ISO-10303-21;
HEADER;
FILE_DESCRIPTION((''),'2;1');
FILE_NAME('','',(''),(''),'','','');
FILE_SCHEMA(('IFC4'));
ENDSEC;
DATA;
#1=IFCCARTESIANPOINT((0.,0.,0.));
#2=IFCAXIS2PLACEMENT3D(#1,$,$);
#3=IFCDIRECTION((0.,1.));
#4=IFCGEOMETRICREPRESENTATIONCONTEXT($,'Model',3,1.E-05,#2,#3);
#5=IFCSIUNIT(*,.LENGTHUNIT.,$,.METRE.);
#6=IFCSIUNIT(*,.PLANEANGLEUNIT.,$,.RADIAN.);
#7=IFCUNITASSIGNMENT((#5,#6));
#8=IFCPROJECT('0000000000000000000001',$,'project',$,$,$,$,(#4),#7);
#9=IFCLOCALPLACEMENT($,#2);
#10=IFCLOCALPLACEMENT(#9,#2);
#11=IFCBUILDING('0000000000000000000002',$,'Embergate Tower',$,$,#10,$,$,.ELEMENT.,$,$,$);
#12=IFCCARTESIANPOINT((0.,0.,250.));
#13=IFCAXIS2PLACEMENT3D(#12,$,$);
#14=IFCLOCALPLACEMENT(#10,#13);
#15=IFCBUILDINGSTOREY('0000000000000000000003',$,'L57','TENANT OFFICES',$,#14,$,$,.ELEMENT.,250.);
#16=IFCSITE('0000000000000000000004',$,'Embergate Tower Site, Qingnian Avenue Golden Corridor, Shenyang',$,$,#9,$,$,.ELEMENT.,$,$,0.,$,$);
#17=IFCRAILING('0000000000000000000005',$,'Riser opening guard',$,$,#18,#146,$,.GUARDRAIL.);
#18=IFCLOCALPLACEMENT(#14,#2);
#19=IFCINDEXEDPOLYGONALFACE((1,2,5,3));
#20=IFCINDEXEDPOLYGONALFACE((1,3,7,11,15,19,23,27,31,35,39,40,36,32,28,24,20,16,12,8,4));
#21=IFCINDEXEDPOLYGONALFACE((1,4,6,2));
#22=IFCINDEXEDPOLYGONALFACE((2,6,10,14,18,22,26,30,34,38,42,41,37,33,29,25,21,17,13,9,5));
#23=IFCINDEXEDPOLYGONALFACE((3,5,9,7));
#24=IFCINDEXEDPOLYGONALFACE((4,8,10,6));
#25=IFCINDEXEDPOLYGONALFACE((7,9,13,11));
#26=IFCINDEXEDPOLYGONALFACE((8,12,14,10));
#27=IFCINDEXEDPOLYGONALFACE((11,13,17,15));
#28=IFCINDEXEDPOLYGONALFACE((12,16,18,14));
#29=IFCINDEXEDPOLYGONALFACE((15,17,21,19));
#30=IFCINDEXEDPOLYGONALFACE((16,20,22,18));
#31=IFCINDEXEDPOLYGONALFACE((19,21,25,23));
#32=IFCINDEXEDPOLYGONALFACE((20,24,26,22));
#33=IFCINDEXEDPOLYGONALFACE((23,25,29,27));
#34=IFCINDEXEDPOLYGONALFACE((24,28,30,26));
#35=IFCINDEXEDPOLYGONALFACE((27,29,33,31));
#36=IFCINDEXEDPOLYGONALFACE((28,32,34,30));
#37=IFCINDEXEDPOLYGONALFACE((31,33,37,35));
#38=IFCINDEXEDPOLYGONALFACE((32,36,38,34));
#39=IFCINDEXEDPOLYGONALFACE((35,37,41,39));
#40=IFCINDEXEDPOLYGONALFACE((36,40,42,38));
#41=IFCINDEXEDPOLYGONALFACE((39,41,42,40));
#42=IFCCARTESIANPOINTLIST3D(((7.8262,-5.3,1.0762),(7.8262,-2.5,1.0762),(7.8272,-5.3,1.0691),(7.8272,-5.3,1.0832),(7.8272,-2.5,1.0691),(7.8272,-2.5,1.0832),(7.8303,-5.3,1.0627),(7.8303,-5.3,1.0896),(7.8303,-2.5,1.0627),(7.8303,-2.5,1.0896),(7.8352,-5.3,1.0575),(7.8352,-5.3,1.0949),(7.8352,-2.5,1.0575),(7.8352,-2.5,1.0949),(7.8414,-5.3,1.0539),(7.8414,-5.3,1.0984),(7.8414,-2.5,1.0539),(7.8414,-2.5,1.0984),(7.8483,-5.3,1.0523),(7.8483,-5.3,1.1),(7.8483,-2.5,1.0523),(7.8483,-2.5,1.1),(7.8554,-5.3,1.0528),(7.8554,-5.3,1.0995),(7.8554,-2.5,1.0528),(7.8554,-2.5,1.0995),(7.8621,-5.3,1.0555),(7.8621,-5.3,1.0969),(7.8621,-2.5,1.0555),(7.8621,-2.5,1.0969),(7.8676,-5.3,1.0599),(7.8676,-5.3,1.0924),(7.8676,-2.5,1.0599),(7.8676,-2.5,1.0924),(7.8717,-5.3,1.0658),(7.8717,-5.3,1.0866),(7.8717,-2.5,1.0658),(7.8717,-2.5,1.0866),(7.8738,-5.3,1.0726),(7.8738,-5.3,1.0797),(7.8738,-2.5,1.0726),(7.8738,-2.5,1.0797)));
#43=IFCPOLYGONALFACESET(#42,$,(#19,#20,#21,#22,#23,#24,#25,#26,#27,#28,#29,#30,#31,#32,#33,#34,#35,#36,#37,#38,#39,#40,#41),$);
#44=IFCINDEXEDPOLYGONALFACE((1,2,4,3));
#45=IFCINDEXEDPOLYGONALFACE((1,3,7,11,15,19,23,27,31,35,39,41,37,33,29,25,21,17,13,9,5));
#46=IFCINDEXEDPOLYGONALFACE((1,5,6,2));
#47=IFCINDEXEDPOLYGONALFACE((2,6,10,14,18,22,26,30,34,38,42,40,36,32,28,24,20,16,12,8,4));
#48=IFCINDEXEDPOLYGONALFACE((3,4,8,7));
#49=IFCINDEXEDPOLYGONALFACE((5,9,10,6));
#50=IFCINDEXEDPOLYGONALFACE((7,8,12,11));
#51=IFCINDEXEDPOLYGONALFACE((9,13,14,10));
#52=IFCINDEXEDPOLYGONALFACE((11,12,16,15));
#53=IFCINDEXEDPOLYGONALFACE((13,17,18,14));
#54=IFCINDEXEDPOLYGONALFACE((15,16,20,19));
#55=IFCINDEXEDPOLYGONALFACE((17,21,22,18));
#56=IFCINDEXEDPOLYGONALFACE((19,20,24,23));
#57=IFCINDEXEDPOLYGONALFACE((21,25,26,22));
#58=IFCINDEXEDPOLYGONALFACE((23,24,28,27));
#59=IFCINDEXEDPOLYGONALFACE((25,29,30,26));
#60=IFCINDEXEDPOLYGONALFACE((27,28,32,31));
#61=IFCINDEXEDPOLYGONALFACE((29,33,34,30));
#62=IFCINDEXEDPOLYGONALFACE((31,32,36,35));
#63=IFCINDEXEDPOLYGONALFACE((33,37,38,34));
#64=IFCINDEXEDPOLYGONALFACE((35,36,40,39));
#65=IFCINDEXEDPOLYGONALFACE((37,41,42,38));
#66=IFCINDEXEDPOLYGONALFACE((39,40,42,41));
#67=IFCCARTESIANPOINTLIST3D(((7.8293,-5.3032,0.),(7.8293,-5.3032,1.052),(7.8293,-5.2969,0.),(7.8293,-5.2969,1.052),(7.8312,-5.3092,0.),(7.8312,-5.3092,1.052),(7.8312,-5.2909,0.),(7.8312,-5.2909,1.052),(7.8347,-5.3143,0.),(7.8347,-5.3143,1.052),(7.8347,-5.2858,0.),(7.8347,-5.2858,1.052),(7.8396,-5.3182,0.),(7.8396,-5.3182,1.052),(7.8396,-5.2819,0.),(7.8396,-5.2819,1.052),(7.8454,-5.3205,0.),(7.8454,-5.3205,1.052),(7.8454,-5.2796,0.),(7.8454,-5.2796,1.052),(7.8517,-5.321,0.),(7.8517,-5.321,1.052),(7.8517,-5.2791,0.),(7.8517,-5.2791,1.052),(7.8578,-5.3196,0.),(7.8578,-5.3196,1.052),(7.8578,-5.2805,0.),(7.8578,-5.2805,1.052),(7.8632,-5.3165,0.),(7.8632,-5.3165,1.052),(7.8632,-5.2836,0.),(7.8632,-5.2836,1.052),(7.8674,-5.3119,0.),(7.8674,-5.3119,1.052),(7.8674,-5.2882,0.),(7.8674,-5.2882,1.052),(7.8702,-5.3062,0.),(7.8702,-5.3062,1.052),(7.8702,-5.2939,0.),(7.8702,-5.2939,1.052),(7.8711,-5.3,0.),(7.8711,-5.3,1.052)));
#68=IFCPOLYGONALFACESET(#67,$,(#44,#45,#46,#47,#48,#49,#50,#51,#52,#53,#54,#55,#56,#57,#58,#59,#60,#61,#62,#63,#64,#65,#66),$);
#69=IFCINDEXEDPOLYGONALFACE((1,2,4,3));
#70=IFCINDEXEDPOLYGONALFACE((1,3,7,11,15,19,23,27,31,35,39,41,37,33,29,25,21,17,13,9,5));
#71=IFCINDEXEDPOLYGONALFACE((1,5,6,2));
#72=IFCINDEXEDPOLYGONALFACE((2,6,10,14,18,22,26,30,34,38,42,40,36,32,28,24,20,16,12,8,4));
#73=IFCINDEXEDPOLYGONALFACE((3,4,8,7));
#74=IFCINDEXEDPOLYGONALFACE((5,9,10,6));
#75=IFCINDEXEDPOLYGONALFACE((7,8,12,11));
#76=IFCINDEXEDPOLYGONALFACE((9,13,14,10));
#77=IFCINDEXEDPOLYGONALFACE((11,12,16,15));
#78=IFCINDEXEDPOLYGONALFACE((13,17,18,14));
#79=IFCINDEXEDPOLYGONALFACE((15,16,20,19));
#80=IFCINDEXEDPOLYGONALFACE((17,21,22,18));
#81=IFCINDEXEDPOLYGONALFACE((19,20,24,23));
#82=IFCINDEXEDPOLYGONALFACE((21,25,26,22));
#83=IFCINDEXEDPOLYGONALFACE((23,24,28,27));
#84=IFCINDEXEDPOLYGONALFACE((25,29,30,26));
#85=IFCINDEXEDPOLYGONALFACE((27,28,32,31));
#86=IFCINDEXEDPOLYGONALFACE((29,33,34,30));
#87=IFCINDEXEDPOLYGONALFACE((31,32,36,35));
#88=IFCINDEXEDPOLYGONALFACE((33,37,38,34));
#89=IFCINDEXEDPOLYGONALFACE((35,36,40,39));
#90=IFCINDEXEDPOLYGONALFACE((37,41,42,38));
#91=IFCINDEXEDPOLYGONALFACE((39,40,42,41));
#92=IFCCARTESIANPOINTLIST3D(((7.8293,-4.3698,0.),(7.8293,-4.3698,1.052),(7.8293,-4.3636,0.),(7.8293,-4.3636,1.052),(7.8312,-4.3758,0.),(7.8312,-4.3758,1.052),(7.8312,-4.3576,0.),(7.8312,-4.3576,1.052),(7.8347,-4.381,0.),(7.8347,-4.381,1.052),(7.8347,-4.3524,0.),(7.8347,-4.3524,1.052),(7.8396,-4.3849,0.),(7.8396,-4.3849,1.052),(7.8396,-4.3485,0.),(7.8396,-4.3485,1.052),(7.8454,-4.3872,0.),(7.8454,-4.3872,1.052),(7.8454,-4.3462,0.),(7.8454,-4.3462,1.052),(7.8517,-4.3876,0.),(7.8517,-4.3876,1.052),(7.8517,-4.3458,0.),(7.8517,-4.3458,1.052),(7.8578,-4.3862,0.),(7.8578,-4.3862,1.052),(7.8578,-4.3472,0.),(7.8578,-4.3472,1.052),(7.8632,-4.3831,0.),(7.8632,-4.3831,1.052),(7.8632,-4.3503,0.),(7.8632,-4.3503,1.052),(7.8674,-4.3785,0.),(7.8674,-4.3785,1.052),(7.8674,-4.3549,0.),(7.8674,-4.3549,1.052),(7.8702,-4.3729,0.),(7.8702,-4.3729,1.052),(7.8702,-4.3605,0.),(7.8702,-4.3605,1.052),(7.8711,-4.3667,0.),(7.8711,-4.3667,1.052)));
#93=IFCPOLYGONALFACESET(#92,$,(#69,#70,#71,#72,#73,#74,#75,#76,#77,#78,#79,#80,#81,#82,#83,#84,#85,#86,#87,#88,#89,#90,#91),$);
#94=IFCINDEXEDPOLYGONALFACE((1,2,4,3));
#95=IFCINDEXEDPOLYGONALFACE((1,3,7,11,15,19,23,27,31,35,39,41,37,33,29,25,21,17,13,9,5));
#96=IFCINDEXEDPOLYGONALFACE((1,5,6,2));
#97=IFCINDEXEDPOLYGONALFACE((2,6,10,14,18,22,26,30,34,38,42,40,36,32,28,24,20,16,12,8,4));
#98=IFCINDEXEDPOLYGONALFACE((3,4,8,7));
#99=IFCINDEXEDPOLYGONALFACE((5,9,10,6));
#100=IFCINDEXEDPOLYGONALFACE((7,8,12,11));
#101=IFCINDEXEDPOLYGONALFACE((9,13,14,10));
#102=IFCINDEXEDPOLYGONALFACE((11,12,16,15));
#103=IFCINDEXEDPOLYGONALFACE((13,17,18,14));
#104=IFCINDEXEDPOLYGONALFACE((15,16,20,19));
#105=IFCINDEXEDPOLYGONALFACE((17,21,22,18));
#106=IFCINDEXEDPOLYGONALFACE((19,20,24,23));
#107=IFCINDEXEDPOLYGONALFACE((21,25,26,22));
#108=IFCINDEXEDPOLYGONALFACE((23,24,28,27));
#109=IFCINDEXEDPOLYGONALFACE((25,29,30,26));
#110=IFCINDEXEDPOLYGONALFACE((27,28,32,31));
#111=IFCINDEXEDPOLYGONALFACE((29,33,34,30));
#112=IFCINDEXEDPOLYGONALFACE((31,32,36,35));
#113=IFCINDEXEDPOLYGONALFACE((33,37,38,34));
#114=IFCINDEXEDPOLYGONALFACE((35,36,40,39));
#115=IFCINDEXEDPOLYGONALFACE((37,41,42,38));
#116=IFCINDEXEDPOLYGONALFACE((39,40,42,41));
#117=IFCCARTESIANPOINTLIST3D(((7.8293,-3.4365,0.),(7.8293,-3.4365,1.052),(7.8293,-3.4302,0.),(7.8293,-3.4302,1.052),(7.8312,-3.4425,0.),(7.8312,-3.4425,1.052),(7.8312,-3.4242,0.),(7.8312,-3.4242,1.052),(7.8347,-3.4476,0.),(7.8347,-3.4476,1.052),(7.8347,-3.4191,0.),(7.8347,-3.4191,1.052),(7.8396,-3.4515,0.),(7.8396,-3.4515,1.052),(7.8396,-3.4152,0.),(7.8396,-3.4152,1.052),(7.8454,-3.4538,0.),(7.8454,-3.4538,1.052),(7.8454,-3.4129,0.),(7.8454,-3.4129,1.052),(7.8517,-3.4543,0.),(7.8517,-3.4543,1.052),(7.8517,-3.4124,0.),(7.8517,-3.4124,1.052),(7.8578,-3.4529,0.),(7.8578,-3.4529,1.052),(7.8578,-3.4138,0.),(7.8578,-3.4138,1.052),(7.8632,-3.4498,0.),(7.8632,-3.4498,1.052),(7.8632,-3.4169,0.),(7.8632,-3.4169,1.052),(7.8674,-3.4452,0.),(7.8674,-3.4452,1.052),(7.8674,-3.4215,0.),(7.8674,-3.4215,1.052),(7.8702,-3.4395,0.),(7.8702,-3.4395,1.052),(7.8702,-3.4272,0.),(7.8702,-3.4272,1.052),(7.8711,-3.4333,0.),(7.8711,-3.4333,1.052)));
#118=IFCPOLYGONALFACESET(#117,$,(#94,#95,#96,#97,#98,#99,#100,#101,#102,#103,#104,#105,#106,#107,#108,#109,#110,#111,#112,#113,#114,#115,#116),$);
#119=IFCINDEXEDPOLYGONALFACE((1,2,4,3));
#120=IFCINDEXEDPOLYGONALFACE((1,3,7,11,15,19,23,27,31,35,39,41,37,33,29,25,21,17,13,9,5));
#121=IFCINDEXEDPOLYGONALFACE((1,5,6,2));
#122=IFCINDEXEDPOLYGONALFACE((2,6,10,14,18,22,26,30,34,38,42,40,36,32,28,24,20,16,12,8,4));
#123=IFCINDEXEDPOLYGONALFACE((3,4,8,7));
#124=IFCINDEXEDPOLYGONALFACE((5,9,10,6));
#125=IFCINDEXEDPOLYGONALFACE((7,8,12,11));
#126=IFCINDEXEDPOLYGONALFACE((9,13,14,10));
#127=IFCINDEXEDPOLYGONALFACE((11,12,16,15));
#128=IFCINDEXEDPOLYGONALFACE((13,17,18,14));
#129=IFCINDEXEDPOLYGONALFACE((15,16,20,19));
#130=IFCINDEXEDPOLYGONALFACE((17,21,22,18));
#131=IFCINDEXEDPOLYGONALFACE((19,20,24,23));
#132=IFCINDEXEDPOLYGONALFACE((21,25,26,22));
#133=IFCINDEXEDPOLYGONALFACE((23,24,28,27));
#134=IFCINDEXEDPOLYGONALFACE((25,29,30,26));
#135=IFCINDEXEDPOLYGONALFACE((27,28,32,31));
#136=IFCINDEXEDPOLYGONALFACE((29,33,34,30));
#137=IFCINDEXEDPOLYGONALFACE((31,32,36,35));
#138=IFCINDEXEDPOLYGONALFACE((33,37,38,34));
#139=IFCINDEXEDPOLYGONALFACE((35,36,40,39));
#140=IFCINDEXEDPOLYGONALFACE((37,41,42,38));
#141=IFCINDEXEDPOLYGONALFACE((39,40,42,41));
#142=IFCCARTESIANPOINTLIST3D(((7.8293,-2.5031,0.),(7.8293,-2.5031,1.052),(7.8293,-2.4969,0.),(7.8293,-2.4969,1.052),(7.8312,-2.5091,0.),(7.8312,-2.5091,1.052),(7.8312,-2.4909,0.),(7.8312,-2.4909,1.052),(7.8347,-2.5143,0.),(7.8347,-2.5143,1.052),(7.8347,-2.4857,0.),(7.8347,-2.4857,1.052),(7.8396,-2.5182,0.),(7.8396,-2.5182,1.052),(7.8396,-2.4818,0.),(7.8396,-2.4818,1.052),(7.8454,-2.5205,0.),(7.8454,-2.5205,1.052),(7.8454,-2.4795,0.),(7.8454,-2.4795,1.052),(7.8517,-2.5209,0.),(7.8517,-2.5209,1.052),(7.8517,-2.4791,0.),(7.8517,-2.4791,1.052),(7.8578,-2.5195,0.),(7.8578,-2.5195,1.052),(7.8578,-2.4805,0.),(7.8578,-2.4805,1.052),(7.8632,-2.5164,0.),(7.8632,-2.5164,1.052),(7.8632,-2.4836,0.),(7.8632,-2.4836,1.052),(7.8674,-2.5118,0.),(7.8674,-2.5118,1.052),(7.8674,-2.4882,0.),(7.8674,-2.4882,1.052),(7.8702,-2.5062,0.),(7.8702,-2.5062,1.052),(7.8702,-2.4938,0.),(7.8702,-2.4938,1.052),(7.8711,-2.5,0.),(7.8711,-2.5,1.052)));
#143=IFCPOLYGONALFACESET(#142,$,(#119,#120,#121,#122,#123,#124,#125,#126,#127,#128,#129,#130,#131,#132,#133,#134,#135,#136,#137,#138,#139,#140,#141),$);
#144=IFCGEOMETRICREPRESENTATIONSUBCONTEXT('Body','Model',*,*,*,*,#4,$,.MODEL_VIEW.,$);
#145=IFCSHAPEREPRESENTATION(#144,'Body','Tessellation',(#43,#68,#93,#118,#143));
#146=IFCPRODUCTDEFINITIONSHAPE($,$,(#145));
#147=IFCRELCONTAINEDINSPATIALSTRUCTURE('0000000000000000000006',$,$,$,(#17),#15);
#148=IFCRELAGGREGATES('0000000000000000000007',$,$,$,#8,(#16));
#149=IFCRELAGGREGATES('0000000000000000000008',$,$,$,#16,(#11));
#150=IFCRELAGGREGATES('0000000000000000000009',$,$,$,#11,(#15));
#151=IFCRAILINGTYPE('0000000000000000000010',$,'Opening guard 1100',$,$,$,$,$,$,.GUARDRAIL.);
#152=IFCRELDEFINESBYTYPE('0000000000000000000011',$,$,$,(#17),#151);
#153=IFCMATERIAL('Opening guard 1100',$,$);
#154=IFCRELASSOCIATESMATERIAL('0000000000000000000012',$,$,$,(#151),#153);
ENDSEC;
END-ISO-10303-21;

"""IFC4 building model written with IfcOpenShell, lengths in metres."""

from ifc_helpers import new_model, si_unit, direction, frame, origin, origin_2d, place, context, subcontext, project, spatial, circle, extrude, source, transform, mapped, material, type_object, element, save


model = new_model("IFC4")

# Units and contexts
model_context = context("Model", 3, precision=1e-05, world=origin(), true_north=direction((0.0, 1.0)))
body_context = subcontext(model_context, "Body", "Model", "MODEL_VIEW")
ifc_project = project(units=[si_unit("LENGTHUNIT", "METRE"), si_unit("PLANEANGLEUNIT", "RADIAN")], contexts=[model_context])

# Site, building, storey
site_placement = place(None, origin())
site = spatial("IfcSite", under=ifc_project, at=site_placement, Name="Embergate Tower Site, Qingnian Avenue Golden Corridor, Shenyang", CompositionType="ELEMENT", RefElevation=0.0)
building_placement = place(site_placement, origin())
building = spatial("IfcBuilding", under=site, at=building_placement, Name="Embergate Tower", CompositionType="ELEMENT")
storey_placement = place(building_placement, frame((0.0, 0.0, 250.0)))
storey = spatial("IfcBuildingStorey", under=building, at=storey_placement, Name="L57", Description="TENANT OFFICES", CompositionType="ELEMENT", Elevation=250.0)

# Railing
ifc_material_1 = material(Name="Opening guard 1100")
railing_type_1 = type_object("IfcRailingType", Name="Opening guard 1100", PredefinedType="GUARDRAIL", material=ifc_material_1)
shared_shape_1 = source(origin(), body_context, "Body", "SweptSolid", [
    extrude(circle(Radius=0.0239, at=origin_2d()), frame((0.0, 0.0, 1.0762), z_axis=(0.0, 1.0, 0.0), x_axis=(-1.0, 0.0, 0.0)), (0.0, 0.0, 1.0), 2.8),
    extrude(circle(Radius=0.021, at=origin_2d()), origin(), (0.0, 0.0, 1.0), 1.052),
    extrude(circle(Radius=0.021, at=origin_2d()), frame((0.0, 0.9333, 0.0)), (0.0, 0.0, 1.0), 1.052),
    extrude(circle(Radius=0.021, at=origin_2d()), frame((0.0, 1.8667, 0.0)), (0.0, 0.0, 1.0), 1.052),
    extrude(circle(Radius=0.021, at=origin_2d()), frame((0.0, 2.8, 0.0)), (0.0, 0.0, 1.0), 1.052),
])
railing_1_placement = place(storey_placement, frame((7.8501, -5.3, 0.0)))
element("IfcRailing", 1, at=railing_1_placement, inside=storey, type_object=railing_type_1, Name="Riser opening guard", PredefinedType="GUARDRAIL", context=body_context, shape_type="MappedRepresentation", body=[
    mapped(shared_shape_1, transform((0.0, 0.0, 0.0))),
])

save(model, "model.ifc")
